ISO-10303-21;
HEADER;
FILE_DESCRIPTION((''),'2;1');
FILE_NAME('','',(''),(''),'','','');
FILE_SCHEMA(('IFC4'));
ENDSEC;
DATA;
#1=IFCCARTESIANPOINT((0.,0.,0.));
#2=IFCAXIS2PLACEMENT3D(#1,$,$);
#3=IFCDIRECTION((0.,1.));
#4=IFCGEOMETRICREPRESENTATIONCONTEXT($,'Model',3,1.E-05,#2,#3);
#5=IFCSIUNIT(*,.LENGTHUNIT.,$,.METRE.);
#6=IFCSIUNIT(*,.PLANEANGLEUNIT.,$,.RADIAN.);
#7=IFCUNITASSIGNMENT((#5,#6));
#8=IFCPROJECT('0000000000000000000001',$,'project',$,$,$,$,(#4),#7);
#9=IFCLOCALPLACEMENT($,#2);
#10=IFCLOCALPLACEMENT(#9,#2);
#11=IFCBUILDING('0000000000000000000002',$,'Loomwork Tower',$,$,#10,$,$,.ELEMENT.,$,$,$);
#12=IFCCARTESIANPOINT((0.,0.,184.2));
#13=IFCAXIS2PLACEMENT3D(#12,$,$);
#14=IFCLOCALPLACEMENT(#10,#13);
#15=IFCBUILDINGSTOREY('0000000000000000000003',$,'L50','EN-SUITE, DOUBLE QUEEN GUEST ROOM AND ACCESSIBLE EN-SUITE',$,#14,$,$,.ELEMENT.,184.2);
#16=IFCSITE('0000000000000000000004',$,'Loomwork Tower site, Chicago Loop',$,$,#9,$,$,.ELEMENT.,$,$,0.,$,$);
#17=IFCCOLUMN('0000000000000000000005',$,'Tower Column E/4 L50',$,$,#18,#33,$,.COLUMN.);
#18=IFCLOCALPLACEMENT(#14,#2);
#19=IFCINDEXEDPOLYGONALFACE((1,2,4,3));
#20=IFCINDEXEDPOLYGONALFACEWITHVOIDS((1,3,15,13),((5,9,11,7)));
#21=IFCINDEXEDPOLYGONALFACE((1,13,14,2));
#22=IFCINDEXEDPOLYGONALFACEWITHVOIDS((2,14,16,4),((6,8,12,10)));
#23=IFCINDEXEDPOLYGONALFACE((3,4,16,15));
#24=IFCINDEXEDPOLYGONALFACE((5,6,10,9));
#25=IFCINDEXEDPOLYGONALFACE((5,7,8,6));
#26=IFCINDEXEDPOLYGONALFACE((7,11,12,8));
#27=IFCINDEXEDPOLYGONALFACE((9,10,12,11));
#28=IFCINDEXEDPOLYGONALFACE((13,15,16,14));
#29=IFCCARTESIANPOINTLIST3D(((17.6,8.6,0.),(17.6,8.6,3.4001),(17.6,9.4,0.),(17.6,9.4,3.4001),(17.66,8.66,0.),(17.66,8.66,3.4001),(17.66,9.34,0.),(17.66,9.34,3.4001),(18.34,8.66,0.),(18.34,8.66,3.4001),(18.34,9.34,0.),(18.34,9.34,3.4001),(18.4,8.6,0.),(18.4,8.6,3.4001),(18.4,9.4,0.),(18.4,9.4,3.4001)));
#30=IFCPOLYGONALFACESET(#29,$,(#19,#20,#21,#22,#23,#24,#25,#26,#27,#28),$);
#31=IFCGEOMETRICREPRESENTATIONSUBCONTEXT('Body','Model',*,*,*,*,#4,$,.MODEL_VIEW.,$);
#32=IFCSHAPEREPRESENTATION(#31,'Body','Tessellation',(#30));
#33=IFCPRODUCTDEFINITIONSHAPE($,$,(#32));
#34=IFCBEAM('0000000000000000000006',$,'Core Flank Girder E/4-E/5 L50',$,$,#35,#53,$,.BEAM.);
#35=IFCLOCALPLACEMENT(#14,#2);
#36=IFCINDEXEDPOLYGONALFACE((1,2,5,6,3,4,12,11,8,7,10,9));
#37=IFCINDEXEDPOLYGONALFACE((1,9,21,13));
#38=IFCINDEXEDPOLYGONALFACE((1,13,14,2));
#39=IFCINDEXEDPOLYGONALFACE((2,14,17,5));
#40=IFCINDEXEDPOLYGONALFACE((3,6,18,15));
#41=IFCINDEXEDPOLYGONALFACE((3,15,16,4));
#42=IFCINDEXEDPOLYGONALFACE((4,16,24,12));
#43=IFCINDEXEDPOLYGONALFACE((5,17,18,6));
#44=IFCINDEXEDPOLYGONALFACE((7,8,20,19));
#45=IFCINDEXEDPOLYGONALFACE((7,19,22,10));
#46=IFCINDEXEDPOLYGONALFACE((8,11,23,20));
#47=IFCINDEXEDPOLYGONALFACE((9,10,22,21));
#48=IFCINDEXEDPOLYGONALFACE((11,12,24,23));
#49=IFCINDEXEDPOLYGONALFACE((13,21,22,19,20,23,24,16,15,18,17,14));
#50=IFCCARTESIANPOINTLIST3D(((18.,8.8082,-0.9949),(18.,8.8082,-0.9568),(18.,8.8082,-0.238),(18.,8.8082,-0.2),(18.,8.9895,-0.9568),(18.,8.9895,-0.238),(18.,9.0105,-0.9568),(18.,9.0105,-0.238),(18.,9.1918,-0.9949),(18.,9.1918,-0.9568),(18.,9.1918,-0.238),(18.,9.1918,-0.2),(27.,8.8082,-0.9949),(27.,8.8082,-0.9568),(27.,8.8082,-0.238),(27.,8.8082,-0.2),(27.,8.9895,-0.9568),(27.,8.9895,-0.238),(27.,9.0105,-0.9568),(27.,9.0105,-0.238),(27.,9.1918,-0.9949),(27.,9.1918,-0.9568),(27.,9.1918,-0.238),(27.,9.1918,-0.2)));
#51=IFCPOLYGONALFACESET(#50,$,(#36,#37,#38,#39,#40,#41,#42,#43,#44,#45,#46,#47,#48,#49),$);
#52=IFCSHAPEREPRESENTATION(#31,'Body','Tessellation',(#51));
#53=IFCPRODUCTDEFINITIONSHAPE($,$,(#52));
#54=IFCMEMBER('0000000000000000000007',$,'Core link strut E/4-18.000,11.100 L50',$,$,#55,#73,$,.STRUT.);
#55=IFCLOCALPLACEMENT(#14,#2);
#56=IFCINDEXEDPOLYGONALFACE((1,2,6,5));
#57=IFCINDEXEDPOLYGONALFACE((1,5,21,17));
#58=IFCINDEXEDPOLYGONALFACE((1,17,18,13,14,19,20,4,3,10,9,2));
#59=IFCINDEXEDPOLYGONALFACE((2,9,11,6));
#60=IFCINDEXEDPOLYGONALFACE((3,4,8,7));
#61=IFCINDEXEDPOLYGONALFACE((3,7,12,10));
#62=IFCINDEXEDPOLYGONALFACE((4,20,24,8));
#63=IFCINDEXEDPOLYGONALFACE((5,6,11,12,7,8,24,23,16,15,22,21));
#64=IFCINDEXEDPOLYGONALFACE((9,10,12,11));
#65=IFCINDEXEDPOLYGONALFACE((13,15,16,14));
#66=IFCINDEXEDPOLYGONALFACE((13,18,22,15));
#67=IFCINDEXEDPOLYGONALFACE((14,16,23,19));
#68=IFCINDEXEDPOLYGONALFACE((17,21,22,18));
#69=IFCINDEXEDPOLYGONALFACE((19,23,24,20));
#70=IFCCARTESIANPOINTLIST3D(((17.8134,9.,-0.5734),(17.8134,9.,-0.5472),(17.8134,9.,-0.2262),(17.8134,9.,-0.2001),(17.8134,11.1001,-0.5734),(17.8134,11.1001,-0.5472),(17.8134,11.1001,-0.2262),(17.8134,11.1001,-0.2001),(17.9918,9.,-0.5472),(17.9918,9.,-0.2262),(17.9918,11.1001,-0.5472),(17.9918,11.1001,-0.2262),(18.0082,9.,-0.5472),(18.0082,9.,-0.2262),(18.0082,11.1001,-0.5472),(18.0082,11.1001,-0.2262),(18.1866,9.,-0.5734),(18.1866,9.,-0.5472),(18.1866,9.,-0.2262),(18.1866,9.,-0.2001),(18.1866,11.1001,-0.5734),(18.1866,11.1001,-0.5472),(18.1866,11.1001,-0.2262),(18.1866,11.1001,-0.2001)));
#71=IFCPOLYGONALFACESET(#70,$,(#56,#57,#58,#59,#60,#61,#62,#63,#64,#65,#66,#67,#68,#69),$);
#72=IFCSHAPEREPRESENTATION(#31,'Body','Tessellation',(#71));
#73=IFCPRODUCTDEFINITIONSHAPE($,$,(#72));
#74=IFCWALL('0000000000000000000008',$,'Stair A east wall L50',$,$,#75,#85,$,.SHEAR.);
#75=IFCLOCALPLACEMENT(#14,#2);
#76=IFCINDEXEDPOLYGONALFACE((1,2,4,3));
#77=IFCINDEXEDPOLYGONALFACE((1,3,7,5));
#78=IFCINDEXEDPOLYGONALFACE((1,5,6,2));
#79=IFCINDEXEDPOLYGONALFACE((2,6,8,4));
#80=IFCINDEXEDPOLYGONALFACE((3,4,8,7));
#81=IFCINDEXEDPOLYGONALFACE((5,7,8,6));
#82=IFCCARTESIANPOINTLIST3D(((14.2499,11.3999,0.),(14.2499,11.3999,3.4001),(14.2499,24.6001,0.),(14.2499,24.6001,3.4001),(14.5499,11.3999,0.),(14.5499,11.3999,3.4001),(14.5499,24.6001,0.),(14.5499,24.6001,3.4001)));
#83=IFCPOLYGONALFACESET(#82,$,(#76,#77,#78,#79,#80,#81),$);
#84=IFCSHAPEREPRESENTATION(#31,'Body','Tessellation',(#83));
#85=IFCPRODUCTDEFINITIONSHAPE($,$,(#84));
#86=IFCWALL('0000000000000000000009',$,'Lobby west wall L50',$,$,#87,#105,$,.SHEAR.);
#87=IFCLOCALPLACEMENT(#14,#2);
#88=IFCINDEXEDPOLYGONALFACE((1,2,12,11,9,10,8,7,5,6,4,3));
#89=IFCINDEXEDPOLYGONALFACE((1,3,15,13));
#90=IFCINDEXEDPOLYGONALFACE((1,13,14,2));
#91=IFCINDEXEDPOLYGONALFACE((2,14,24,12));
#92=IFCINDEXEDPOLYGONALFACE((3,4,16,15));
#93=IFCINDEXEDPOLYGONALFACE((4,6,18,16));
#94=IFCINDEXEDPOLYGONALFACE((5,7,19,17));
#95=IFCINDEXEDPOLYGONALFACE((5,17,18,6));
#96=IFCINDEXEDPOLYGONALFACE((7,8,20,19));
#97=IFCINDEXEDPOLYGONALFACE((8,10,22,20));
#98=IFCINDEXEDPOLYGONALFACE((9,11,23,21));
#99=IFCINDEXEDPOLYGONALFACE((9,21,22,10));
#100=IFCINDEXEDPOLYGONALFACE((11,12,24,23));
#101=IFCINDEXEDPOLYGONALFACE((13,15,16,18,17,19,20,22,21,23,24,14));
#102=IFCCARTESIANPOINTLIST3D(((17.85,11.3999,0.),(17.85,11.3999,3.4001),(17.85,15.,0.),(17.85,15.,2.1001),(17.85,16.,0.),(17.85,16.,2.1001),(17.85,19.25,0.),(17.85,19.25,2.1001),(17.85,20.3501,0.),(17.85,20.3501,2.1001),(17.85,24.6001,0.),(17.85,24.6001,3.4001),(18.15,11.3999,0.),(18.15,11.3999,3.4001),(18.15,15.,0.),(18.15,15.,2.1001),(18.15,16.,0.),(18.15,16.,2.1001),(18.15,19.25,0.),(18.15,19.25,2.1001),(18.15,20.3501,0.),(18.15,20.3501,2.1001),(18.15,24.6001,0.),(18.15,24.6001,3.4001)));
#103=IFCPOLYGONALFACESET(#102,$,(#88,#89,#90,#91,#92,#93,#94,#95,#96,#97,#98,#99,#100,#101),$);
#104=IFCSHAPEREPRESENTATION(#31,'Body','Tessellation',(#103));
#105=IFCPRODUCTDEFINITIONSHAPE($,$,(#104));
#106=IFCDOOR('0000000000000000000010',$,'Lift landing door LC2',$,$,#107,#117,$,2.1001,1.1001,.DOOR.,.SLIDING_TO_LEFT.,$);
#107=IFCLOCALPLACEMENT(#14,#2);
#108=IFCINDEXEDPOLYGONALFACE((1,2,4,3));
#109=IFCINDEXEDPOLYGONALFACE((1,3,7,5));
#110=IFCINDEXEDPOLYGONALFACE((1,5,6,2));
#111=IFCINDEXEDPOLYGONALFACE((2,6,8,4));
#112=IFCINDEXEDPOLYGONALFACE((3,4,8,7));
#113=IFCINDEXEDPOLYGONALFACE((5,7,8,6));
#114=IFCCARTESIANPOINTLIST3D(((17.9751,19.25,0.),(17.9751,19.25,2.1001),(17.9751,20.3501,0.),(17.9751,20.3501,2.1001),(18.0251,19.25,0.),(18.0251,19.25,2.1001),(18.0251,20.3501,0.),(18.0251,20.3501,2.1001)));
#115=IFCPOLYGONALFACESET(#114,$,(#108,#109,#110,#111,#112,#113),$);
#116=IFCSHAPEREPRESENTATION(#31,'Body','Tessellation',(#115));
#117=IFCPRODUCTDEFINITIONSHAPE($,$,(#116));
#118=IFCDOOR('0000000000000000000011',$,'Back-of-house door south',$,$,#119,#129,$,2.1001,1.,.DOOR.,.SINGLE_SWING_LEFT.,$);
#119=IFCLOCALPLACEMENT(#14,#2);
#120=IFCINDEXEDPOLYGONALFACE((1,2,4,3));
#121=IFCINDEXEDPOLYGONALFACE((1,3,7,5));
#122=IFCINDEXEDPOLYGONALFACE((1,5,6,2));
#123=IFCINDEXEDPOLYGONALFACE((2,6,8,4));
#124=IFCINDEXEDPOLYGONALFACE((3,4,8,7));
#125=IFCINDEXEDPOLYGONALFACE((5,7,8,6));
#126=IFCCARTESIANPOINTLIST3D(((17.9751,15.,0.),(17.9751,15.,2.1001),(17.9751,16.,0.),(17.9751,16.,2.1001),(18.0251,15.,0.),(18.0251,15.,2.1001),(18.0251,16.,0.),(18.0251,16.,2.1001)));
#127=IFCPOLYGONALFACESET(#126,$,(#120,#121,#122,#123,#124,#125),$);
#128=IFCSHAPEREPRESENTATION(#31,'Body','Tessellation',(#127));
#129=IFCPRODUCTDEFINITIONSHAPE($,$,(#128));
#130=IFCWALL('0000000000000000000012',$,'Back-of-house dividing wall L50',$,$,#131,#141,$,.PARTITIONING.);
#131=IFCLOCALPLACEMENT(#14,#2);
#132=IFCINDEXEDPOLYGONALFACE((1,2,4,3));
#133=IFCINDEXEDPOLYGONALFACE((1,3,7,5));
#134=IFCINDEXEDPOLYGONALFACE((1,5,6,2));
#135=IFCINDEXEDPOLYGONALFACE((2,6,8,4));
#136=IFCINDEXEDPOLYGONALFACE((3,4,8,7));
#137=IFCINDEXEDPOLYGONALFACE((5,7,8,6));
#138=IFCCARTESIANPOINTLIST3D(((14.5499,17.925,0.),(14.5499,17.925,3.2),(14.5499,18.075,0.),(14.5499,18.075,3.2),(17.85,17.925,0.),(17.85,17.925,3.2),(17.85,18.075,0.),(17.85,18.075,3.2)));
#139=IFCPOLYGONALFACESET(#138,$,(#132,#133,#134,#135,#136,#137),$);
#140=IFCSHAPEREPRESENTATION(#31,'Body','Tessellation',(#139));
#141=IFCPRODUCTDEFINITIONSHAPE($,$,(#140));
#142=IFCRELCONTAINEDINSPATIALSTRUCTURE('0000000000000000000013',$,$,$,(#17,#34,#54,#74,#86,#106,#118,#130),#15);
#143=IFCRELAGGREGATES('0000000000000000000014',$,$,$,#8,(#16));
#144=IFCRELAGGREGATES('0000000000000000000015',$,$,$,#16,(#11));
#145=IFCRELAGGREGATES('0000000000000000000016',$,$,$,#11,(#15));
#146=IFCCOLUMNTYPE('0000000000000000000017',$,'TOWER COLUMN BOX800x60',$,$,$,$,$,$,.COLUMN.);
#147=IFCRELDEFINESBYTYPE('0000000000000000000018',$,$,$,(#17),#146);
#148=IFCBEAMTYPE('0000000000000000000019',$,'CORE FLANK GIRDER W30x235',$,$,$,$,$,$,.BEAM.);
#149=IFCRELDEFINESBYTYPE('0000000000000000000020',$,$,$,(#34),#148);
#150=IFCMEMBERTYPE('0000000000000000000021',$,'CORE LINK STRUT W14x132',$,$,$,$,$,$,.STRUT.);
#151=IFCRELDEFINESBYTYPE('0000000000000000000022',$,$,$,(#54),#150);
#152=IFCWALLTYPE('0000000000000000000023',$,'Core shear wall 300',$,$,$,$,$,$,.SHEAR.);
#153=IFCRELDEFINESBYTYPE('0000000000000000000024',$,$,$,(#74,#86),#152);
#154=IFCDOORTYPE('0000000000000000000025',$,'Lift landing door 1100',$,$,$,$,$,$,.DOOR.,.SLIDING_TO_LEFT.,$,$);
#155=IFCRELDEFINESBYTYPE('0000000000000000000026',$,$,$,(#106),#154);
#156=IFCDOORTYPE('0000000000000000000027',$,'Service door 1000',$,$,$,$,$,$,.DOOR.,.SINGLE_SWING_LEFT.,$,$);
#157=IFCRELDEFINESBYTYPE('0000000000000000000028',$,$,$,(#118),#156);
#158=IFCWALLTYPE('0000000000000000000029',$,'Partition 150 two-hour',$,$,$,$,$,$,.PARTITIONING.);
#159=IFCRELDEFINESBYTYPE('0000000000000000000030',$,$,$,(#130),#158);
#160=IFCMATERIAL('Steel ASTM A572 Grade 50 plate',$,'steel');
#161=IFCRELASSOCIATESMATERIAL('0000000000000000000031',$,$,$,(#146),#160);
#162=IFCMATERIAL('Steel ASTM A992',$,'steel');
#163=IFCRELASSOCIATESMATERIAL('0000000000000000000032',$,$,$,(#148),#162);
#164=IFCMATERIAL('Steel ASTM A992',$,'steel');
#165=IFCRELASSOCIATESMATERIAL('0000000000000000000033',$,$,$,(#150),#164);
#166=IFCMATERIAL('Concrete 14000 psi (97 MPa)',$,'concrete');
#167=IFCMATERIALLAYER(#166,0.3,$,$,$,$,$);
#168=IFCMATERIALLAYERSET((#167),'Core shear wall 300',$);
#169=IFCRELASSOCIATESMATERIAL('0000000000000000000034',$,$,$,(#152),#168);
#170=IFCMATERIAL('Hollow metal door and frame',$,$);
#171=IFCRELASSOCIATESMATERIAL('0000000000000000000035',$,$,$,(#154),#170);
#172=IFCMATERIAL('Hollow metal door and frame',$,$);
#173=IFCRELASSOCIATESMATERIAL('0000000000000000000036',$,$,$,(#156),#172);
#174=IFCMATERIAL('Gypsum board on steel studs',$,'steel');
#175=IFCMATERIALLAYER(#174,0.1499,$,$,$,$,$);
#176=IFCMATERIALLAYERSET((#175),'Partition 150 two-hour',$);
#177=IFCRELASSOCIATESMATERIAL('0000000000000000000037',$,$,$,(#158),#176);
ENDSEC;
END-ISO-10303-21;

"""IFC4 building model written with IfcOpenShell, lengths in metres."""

from ifc_helpers import new_model, si_unit, direction, frame, frame_2d, origin, origin_2d, place, context, subcontext, project, spatial, rectangle, hollow_rectangle, i_section, extrude, material, layer, layer_set, material_profile, profile_set, type_object, element, fill, save


model = new_model("IFC4")

# Units and contexts
model_context = context("Model", 3, precision=1e-05, world=origin(), true_north=direction((0.0, 1.0)))
body_context = subcontext(model_context, "Body", "Model", "MODEL_VIEW")
ifc_project = project(units=[si_unit("LENGTHUNIT", "METRE"), si_unit("PLANEANGLEUNIT", "RADIAN")], contexts=[model_context])

# Site, building, storey
site_placement = place(None, origin())
site = spatial("IfcSite", under=ifc_project, at=site_placement, Name="Loomwork Tower site, Chicago Loop", CompositionType="ELEMENT", RefElevation=0.0)
building_placement = place(site_placement, origin())
building = spatial("IfcBuilding", under=site, at=building_placement, Name="Loomwork Tower", CompositionType="ELEMENT")
storey_placement = place(building_placement, frame((0.0, 0.0, 184.2)))
storey = spatial("IfcBuildingStorey", under=building, at=storey_placement, Name="L50", Description="EN-SUITE, DOUBLE QUEEN GUEST ROOM AND ACCESSIBLE EN-SUITE", CompositionType="ELEMENT", Elevation=184.2)

# Column
ifc_material_1 = material(Name="Steel ASTM A572 Grade 50 plate", Category="steel")
ifc_material_profile_1 = material_profile(ifc_material_1, hollow_rectangle(XDim=0.8, YDim=0.8, WallThickness=0.0601, at=origin_2d()), Name="BOX800x60")
ifc_profile_set_1 = profile_set([ifc_material_profile_1], Name="Steel ASTM A572 Grade 50 plate")
column_type = type_object("IfcColumnType", Name="TOWER COLUMN BOX800x60", PredefinedType="COLUMN", material=ifc_profile_set_1)
column_placement = place(storey_placement, frame((18.0, 9.0, 0.0), z_axis=(0.0, 0.0, 1.0), x_axis=(1.0, 0.0, 0.0)))
element("IfcColumn", 1, at=column_placement, inside=storey, type_object=column_type, Name="Tower Column E/4 L50", PredefinedType="COLUMN", context=body_context, shape_type="SweptSolid", body=[
    extrude(hollow_rectangle(XDim=0.8, YDim=0.8, WallThickness=0.0601, at=origin_2d()), origin(), (0.0, 0.0, 1.0), 3.4001),
])

# Beam
ifc_material_2 = material(Name="Steel ASTM A992", Category="steel")
ifc_material_profile_2 = material_profile(ifc_material_2, i_section(OverallWidth=0.3835, OverallDepth=0.7949, WebThickness=0.021, FlangeThickness=0.0381, at=origin_2d()), Name="W30x235")
ifc_profile_set_2 = profile_set([ifc_material_profile_2], Name="Steel ASTM A992")
beam_type = type_object("IfcBeamType", Name="CORE FLANK GIRDER W30x235", PredefinedType="BEAM", material=ifc_profile_set_2)
beam_placement = place(storey_placement, frame((18.0, 9.0, -0.5974), z_axis=(1.0, 0.0, 0.0), x_axis=(0.0, 1.0, 0.0)))
element("IfcBeam", 2, at=beam_placement, inside=storey, type_object=beam_type, Name="Core Flank Girder E/4-E/5 L50", PredefinedType="BEAM", context=body_context, shape_type="SweptSolid", body=[
    extrude(i_section(OverallWidth=0.3835, OverallDepth=0.7949, WebThickness=0.021, FlangeThickness=0.0381, at=origin_2d()), origin(), (0.0, 0.0, 1.0), 9.0),
])

# Member
ifc_material_3 = material(Name="Steel ASTM A992", Category="steel")
ifc_material_profile_3 = material_profile(ifc_material_3, i_section(OverallWidth=0.3733, OverallDepth=0.3733, WebThickness=0.0164, FlangeThickness=0.0261, at=origin_2d()), Name="W14x132")
ifc_profile_set_3 = profile_set([ifc_material_profile_3], Name="Steel ASTM A992")
member_type = type_object("IfcMemberType", Name="CORE LINK STRUT W14x132", PredefinedType="STRUT", material=ifc_profile_set_3)
member_placement = place(storey_placement, frame((18.0, 9.0, -0.3867), z_axis=(0.0, 1.0, 0.0), x_axis=(-1.0, 0.0, 0.0)))
element("IfcMember", 3, at=member_placement, inside=storey, type_object=member_type, Name="Core link strut E/4-18.000,11.100 L50", PredefinedType="STRUT", context=body_context, shape_type="SweptSolid", body=[
    extrude(i_section(OverallWidth=0.3733, OverallDepth=0.3733, WebThickness=0.0164, FlangeThickness=0.0261, at=origin_2d()), origin(), (0.0, 0.0, 1.0), 2.1001),
])

# Wall
ifc_material_4 = material(Name="Concrete 14000 psi (97 MPa)", Category="concrete")
ifc_layer_1 = layer(ifc_material_4, 0.3)
ifc_layer_set_1 = layer_set([ifc_layer_1], Name="Core shear wall 300")
wall_type_1 = type_object("IfcWallType", Name="Core shear wall 300", PredefinedType="SHEAR", material=ifc_layer_set_1)
wall_1_placement = place(storey_placement, frame((14.3999, 11.3999, 0.0), z_axis=(0.0, 0.0, 1.0), x_axis=(0.0, 1.0, 0.0)))
element("IfcWall", 4, at=wall_1_placement, inside=storey, type_object=wall_type_1, Name="Stair A east wall L50", PredefinedType="SHEAR", context=body_context, shape_type="SweptSolid", body=[
    extrude(rectangle(XDim=13.2002, YDim=0.3, at=frame_2d((6.6001, 0.0))), origin(), (0.0, 0.0, 1.0), 3.4001),
])

# Wall, openings, doors
wall_2_placement = place(storey_placement, frame((18.0, 11.3999, 0.0), z_axis=(0.0, 0.0, 1.0), x_axis=(0.0, 1.0, 0.0)))
wall_2 = element("IfcWall", 5, at=wall_2_placement, inside=storey, type_object=wall_type_1, Name="Lobby west wall L50", PredefinedType="SHEAR", context=body_context, shape_type="SweptSolid", body=[
    extrude(rectangle(XDim=13.2002, YDim=0.3, at=frame_2d((6.6001, 0.0))), origin(), (0.0, 0.0, 1.0), 3.4001),
])
opening_1_placement = place(wall_2_placement, frame((3.6001, 0.0, 0.0)))
opening_1 = element("IfcOpeningElement", 6, at=opening_1_placement, cuts=wall_2, PredefinedType="OPENING", context=body_context, shape_type="SweptSolid", body=[
    extrude(rectangle(XDim=1.0, YDim=2.1001, at=frame_2d((0.5, 1.05))), frame((0.0, 0.1599, 0.0), z_axis=(0.0, -1.0, 0.0), x_axis=(1.0, 0.0, 0.0)), (0.0, 0.0, 1.0), 0.3201),
])
opening_2_placement = place(wall_2_placement, frame((7.8501, 0.0, 0.0)))
opening_2 = element("IfcOpeningElement", 7, at=opening_2_placement, cuts=wall_2, PredefinedType="OPENING", context=body_context, shape_type="SweptSolid", body=[
    extrude(rectangle(XDim=1.1001, YDim=2.1001, at=frame_2d((0.55, 1.05))), frame((0.0, 0.1599, 0.0), z_axis=(0.0, -1.0, 0.0), x_axis=(1.0, 0.0, 0.0)), (0.0, 0.0, 1.0), 0.3201),
])
ifc_material_5 = material(Name="Hollow metal door and frame")
door_type_1 = type_object("IfcDoorType", Name="Lift landing door 1100", OperationType="SLIDING_TO_LEFT", PredefinedType="DOOR", material=ifc_material_5)
door_1_placement = place(opening_2_placement, origin())
door_1 = element("IfcDoor", 8, at=door_1_placement, inside=storey, type_object=door_type_1, Name="Lift landing door LC2", OperationType="SLIDING_TO_LEFT", OverallHeight=2.1001, OverallWidth=1.1001, PredefinedType="DOOR", context=body_context, shape_type="SweptSolid", body=[
    extrude(rectangle(XDim=1.1001, YDim=2.1001, at=frame_2d((0.55, 1.05))), frame((0.0, 0.0249, 0.0), z_axis=(0.0, -1.0, 0.0), x_axis=(1.0, 0.0, 0.0)), (0.0, 0.0, 1.0), 0.05),
])
fill(opening_2, door_1)
ifc_material_6 = material(Name="Hollow metal door and frame")
door_type_2 = type_object("IfcDoorType", Name="Service door 1000", OperationType="SINGLE_SWING_LEFT", PredefinedType="DOOR", material=ifc_material_6)
door_2_placement = place(opening_1_placement, origin())
door_2 = element("IfcDoor", 9, at=door_2_placement, inside=storey, type_object=door_type_2, Name="Back-of-house door south", OperationType="SINGLE_SWING_LEFT", OverallHeight=2.1001, OverallWidth=1.0, PredefinedType="DOOR", context=body_context, shape_type="SweptSolid", body=[
    extrude(rectangle(XDim=1.0, YDim=2.1001, at=frame_2d((0.5, 1.05))), frame((0.0, 0.0249, 0.0), z_axis=(0.0, -1.0, 0.0), x_axis=(1.0, 0.0, 0.0)), (0.0, 0.0, 1.0), 0.05),
])
fill(opening_1, door_2)

# Wall
ifc_material_7 = material(Name="Gypsum board on steel studs", Category="steel")
ifc_layer_2 = layer(ifc_material_7, 0.1499)
ifc_layer_set_2 = layer_set([ifc_layer_2], Name="Partition 150 two-hour")
wall_type_2 = type_object("IfcWallType", Name="Partition 150 two-hour", PredefinedType="PARTITIONING", material=ifc_layer_set_2)
wall_3_placement = place(storey_placement, frame((14.55, 18.0, 0.0), z_axis=(0.0, 0.0, 1.0), x_axis=(1.0, 0.0, 0.0)))
element("IfcWall", 10, at=wall_3_placement, inside=storey, type_object=wall_type_2, Name="Back-of-house dividing wall L50", PredefinedType="PARTITIONING", context=body_context, shape_type="SweptSolid", body=[
    extrude(rectangle(XDim=3.3, YDim=0.1499, at=frame_2d((1.6499, 0.0))), origin(), (0.0, 0.0, 1.0), 3.2),
])

save(model, "model.ifc")
